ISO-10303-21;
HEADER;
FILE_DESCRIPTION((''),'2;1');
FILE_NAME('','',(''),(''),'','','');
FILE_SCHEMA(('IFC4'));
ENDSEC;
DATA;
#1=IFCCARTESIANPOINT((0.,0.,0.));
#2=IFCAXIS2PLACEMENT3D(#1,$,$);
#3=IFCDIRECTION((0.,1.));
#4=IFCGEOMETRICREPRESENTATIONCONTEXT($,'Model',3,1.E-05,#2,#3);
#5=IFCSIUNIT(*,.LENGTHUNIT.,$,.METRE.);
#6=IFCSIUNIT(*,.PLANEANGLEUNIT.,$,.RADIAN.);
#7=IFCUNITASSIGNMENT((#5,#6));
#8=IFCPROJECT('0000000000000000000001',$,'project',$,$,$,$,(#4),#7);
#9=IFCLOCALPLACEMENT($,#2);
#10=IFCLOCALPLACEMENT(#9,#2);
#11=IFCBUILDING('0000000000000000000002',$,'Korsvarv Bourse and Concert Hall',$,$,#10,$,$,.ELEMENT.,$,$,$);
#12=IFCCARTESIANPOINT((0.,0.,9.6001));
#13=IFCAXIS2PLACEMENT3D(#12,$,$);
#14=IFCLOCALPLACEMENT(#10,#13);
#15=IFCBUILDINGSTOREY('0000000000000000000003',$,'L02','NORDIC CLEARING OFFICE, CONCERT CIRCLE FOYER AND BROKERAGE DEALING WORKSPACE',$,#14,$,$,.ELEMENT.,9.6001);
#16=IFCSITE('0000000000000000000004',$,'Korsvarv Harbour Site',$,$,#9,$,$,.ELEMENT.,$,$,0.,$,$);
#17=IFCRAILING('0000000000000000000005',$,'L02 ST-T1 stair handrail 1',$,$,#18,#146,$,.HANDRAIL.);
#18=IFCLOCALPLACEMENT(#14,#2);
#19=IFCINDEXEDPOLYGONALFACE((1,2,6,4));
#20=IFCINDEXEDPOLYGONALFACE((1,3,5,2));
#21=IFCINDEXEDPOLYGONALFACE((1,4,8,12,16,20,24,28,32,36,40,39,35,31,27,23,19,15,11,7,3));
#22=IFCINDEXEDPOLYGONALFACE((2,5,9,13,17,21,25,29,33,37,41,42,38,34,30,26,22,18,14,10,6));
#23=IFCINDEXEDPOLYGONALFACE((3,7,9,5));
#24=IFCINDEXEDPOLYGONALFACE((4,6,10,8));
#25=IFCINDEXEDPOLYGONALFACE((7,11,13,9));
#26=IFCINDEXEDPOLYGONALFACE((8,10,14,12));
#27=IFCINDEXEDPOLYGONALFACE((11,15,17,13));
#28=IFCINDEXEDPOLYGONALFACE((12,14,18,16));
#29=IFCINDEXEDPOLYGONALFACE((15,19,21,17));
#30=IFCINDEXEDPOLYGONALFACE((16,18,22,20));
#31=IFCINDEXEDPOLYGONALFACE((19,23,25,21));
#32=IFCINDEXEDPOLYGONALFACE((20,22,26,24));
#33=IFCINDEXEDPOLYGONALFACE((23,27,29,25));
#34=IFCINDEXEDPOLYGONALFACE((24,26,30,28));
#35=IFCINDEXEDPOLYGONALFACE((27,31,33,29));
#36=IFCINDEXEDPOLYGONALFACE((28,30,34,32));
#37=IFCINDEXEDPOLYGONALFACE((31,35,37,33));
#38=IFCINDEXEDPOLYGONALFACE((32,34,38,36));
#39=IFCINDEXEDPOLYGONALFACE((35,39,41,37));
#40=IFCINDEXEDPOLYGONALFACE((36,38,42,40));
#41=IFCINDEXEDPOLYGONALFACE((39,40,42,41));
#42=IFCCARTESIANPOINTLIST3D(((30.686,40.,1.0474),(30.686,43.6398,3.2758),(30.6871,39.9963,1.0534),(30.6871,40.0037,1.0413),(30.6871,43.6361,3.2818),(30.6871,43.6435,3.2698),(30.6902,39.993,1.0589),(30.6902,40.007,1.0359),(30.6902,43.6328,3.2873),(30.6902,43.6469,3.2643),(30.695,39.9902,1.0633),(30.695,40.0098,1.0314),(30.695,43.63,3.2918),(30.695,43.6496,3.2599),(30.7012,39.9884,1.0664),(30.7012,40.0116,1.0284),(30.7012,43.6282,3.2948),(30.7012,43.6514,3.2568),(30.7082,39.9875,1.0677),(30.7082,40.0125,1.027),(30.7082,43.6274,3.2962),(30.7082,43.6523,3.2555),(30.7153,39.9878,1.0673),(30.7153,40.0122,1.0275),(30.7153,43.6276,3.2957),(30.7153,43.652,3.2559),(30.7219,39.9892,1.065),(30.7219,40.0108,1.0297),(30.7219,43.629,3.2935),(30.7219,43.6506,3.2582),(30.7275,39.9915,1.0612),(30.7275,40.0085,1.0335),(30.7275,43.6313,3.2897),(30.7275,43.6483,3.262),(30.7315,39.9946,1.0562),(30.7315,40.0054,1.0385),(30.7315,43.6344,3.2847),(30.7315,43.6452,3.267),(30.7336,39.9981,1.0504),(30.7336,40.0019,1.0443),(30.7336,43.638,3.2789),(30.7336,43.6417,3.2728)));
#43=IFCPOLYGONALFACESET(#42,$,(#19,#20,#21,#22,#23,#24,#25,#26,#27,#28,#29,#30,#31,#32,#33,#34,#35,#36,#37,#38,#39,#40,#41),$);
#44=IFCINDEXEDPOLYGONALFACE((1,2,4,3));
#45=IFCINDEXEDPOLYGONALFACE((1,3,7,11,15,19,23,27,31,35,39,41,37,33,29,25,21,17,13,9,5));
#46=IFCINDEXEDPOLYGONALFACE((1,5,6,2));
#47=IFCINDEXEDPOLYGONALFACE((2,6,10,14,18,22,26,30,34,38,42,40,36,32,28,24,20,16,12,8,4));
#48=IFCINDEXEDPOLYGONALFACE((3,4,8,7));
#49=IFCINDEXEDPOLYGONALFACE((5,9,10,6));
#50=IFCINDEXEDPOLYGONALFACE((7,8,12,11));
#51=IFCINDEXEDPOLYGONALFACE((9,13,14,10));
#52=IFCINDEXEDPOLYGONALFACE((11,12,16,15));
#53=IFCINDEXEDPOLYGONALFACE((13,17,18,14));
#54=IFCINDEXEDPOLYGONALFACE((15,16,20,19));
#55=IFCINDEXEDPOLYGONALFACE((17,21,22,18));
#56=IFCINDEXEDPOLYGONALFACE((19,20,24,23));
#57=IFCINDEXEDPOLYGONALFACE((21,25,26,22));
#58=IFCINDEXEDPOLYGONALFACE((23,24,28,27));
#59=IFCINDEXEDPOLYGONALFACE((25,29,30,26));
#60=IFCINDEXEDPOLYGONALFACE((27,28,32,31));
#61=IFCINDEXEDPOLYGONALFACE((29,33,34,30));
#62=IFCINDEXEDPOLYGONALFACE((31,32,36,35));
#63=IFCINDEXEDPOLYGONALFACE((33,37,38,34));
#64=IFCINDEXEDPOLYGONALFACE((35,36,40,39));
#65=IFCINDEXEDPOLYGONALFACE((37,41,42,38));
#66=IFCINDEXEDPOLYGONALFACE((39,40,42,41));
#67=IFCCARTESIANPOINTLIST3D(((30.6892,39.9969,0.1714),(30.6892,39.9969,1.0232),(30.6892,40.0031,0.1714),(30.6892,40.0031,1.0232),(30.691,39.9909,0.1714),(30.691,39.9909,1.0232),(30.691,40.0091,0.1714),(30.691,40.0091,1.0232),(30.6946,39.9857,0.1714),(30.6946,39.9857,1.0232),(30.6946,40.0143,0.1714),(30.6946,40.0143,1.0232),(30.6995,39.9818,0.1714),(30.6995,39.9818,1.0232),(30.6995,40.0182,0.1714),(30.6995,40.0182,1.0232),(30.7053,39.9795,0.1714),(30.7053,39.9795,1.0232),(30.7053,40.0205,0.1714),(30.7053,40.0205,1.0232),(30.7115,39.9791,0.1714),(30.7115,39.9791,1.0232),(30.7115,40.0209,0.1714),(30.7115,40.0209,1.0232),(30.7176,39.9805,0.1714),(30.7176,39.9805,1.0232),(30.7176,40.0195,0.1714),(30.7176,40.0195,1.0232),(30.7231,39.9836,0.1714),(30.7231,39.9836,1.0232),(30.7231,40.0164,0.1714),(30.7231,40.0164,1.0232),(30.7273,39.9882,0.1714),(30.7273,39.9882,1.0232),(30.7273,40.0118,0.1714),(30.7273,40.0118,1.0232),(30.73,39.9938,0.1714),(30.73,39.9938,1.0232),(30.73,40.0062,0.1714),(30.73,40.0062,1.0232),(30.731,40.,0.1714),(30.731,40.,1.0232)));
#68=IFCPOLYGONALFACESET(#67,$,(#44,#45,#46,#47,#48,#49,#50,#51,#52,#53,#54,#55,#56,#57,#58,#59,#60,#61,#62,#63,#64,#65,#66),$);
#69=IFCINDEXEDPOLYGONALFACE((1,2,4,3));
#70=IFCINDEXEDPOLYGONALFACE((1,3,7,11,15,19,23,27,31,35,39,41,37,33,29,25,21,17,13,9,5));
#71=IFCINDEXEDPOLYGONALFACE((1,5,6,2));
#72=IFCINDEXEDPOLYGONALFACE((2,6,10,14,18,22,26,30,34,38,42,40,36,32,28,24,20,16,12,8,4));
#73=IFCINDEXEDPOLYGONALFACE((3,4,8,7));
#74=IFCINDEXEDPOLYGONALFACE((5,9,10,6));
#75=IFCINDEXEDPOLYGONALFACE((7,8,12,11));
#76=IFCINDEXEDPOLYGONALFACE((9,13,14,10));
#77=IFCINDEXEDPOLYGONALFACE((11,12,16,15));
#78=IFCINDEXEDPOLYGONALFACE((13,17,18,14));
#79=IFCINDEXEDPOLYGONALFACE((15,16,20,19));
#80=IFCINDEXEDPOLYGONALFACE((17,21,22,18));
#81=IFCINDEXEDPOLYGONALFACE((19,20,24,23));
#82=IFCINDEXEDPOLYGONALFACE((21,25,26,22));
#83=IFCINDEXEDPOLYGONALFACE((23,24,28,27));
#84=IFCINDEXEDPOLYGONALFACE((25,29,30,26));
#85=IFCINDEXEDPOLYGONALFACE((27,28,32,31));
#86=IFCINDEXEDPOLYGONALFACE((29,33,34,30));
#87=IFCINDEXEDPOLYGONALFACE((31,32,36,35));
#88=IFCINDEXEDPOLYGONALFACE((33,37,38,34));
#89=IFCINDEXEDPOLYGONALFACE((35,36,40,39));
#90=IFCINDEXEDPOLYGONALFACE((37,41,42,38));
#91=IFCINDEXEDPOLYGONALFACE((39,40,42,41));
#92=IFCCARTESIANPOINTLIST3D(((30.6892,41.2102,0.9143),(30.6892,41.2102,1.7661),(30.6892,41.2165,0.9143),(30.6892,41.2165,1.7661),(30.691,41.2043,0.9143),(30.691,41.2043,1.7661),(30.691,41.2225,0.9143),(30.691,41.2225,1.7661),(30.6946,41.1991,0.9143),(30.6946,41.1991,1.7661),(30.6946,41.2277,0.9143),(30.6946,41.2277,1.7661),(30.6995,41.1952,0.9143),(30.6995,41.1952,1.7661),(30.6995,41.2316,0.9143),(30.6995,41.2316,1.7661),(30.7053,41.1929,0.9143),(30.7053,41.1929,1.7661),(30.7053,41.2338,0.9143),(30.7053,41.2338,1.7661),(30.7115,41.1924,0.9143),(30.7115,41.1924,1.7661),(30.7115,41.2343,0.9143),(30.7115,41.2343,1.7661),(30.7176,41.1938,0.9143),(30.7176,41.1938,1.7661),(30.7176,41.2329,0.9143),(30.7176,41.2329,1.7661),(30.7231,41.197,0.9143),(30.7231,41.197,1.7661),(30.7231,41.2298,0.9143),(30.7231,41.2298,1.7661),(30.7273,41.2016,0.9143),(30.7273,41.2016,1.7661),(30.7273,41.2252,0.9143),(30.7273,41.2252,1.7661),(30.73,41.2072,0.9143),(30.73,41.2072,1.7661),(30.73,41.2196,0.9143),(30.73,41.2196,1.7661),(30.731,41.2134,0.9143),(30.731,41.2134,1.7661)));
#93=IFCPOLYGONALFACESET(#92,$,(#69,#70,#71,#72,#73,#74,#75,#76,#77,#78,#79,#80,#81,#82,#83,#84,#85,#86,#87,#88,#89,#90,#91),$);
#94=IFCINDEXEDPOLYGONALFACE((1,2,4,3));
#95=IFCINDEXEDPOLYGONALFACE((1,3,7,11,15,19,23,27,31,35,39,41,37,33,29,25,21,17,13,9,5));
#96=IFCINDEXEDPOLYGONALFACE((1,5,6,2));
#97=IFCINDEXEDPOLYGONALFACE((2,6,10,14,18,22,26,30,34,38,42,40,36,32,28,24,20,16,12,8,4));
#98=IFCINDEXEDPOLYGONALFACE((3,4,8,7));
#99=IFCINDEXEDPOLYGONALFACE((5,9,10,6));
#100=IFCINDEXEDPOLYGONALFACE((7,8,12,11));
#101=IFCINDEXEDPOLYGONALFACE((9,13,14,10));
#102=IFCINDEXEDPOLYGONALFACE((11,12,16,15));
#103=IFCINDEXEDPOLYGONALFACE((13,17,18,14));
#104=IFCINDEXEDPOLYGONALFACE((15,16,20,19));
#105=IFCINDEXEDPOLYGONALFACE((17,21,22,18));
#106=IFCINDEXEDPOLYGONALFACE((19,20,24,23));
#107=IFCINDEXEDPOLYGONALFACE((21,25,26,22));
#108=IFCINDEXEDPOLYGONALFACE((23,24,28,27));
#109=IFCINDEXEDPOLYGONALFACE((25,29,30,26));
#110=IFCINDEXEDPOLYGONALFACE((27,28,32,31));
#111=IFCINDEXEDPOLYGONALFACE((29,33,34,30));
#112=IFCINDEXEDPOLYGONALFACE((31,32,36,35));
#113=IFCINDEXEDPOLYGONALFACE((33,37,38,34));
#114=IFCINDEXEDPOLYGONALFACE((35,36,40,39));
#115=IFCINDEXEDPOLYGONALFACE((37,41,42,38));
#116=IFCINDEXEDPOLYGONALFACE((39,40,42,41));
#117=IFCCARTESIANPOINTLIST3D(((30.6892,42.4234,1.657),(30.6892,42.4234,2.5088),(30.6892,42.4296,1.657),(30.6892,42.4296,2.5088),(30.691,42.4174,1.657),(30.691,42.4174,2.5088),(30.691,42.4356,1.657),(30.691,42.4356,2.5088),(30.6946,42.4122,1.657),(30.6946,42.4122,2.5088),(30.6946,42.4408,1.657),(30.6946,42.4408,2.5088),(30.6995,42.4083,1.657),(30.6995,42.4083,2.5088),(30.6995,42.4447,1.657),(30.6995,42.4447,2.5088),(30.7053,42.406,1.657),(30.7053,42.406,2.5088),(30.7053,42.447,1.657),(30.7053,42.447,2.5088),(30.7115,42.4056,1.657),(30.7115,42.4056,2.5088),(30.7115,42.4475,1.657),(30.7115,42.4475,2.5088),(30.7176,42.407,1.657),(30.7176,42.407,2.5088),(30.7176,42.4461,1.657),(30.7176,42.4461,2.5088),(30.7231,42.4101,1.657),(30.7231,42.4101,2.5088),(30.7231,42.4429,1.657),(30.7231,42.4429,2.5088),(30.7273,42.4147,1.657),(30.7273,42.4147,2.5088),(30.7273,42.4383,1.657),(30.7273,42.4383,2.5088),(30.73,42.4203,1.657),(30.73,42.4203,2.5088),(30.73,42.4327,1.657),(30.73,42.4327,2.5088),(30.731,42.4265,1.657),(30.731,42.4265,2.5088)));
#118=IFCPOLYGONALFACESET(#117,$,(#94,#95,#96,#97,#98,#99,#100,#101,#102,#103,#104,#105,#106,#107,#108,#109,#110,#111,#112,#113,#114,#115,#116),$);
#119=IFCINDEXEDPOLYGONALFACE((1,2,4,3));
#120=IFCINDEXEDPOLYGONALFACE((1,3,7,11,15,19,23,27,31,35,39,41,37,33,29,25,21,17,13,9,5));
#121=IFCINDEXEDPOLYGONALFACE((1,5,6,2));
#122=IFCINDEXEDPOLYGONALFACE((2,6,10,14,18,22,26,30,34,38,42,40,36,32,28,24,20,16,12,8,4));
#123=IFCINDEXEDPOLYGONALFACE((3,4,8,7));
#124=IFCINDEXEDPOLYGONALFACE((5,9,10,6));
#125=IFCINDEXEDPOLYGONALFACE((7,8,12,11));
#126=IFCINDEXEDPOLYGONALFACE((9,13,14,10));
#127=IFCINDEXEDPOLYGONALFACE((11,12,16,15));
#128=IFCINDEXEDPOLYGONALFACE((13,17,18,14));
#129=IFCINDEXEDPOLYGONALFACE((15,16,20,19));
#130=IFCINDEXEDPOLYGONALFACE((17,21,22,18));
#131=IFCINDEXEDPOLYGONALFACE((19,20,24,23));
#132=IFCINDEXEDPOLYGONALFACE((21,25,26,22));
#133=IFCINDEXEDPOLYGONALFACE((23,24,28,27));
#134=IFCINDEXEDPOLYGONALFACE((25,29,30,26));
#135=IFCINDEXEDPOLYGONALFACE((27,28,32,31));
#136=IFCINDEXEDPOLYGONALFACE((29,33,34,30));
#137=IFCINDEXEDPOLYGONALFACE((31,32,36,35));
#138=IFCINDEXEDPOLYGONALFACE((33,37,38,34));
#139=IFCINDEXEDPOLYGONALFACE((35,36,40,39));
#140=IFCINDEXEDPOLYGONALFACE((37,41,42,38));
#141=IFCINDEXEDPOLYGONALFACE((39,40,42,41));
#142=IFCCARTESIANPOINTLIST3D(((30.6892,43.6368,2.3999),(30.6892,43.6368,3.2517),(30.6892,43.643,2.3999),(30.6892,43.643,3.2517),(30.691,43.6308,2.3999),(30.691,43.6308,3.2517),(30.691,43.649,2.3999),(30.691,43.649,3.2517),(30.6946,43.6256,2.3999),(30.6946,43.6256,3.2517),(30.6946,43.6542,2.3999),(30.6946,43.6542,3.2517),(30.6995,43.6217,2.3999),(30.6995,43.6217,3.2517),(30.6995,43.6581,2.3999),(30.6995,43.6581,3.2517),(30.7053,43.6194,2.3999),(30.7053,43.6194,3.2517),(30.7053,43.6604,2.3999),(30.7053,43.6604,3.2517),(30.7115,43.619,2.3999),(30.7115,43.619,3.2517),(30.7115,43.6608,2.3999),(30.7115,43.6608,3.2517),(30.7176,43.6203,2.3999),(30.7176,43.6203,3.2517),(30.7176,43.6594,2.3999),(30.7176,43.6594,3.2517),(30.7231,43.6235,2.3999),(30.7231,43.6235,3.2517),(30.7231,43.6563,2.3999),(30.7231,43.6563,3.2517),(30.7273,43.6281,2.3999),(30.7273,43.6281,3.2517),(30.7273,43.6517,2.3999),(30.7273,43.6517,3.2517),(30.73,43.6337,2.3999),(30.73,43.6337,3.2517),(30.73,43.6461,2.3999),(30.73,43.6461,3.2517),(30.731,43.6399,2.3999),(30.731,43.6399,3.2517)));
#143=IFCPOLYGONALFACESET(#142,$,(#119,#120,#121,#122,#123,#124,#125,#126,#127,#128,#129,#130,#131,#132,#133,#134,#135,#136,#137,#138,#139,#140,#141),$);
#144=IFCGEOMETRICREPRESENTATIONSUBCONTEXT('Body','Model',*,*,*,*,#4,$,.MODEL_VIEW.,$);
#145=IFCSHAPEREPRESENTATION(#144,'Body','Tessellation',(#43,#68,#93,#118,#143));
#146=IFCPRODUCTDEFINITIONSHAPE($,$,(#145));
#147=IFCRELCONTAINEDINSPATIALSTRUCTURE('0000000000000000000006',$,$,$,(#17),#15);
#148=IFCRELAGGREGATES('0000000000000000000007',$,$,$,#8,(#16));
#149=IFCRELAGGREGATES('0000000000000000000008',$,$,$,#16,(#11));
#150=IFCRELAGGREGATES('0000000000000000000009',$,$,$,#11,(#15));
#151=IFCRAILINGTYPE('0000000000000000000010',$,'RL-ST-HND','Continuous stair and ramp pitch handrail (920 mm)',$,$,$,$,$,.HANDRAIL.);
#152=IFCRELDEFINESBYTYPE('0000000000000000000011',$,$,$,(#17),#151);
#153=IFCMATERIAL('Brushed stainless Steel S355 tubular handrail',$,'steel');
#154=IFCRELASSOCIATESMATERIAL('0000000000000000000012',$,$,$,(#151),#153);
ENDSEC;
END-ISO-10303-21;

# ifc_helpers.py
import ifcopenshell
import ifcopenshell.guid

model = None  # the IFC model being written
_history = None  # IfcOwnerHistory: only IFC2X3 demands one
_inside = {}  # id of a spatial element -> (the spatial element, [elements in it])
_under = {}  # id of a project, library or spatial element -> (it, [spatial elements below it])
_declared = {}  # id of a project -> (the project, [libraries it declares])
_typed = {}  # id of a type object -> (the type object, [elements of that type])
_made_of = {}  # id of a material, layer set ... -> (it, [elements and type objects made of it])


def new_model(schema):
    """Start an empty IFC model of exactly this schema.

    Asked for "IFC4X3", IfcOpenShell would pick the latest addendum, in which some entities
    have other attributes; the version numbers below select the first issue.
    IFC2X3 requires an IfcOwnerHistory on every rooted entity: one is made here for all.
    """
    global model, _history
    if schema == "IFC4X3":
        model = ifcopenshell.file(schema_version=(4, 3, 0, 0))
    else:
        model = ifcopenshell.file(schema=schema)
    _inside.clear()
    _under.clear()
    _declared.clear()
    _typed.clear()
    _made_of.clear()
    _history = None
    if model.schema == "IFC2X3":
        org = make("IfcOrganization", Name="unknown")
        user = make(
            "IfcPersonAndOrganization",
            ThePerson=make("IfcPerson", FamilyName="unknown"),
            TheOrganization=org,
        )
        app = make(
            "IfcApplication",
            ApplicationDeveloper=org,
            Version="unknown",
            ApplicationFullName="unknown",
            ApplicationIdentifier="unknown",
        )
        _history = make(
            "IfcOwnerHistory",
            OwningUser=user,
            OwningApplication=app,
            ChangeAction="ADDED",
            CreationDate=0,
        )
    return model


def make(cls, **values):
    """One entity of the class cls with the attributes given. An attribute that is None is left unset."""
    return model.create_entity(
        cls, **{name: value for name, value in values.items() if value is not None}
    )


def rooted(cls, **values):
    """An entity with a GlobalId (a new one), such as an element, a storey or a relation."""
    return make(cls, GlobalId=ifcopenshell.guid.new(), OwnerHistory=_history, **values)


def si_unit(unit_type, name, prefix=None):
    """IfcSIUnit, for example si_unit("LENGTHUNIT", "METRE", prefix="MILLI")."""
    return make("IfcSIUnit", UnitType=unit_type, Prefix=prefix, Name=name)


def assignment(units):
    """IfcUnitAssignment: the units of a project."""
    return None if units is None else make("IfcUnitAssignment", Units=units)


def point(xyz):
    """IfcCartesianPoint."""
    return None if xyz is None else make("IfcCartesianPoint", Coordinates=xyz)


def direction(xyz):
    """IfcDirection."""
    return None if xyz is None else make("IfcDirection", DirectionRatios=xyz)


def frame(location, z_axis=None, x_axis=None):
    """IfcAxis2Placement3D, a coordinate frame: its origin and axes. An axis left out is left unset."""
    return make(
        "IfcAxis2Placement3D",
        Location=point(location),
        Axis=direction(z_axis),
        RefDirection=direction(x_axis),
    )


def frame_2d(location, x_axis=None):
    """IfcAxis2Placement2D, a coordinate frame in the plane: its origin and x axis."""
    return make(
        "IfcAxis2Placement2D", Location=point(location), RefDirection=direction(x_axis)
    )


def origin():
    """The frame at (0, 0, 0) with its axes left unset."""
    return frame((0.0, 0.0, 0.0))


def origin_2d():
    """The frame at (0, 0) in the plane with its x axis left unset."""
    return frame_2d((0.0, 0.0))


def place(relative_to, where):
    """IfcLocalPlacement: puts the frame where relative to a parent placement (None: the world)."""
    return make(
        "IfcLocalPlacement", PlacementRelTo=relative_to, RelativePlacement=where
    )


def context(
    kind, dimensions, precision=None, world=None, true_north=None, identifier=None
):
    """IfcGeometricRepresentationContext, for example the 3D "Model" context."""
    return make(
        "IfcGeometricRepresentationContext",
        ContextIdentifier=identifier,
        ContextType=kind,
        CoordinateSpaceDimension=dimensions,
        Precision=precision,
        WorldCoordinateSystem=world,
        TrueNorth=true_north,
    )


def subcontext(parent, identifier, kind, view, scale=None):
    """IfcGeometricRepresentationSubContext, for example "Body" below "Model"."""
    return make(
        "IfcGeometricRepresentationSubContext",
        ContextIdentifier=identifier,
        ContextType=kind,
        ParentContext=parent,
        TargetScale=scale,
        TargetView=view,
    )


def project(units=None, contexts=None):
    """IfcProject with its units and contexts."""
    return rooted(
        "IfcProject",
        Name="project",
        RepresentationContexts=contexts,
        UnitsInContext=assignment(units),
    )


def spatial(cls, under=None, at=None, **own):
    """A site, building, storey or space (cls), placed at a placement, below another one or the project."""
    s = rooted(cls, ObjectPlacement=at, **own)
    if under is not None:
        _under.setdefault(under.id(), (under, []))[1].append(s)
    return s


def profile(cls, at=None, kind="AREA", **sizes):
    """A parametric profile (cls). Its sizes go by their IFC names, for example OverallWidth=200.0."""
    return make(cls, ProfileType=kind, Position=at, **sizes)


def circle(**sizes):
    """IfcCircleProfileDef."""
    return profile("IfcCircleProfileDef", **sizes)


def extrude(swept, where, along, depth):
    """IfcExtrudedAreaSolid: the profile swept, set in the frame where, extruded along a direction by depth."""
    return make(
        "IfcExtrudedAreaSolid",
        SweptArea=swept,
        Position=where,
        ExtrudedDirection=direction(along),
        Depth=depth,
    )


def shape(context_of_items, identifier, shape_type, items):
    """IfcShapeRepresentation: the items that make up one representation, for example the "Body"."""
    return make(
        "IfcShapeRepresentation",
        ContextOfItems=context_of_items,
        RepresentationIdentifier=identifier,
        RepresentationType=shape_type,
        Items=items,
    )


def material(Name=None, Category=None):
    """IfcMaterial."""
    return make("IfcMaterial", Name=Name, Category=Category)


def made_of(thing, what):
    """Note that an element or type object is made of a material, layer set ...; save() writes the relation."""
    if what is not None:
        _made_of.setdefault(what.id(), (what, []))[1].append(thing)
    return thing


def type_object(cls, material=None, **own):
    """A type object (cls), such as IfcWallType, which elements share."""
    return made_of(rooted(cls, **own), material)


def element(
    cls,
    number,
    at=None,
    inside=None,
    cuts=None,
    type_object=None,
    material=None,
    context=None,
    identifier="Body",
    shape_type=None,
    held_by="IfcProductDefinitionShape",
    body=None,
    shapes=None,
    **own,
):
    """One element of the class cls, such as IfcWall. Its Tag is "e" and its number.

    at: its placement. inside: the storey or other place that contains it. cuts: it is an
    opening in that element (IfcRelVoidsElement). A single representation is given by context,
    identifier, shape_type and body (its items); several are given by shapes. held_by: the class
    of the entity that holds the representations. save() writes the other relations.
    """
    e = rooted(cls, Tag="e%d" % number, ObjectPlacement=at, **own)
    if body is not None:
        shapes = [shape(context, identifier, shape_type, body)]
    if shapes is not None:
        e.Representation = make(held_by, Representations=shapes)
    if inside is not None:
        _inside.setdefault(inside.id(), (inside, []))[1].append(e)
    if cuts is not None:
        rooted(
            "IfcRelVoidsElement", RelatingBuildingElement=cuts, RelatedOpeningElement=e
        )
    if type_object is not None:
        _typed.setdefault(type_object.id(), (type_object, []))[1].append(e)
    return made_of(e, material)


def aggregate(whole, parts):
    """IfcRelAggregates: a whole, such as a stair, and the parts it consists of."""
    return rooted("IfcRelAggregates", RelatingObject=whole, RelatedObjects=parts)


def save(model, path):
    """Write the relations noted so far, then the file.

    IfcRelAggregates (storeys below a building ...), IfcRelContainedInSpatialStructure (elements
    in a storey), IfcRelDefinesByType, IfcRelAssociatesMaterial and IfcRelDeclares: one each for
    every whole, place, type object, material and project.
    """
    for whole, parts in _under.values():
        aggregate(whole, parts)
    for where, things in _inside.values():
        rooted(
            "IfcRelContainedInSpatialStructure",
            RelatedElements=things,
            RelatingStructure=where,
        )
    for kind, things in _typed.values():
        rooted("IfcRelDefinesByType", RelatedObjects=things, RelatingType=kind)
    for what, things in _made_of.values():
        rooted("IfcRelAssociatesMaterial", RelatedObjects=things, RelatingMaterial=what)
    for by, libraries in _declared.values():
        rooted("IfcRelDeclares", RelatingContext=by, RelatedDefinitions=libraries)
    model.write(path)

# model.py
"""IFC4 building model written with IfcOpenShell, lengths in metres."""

from ifc_helpers import new_model, si_unit, direction, frame, origin, origin_2d, place, context, subcontext, project, spatial, circle, extrude, material, type_object, element, save


model = new_model("IFC4")

# Units and contexts
model_context = context("Model", 3, precision=1e-05, world=origin(), true_north=direction((0.0, 1.0)))
body_context = subcontext(model_context, "Body", "Model", "MODEL_VIEW")
ifc_project = project(units=[si_unit("LENGTHUNIT", "METRE"), si_unit("PLANEANGLEUNIT", "RADIAN")], contexts=[model_context])

# Site, building, storey
site_placement = place(None, origin())
site = spatial("IfcSite", under=ifc_project, at=site_placement, Name="Korsvarv Harbour Site", CompositionType="ELEMENT", RefElevation=0.0)
building_placement = place(site_placement, origin())
building = spatial("IfcBuilding", under=site, at=building_placement, Name="Korsvarv Bourse and Concert Hall", CompositionType="ELEMENT")
storey_placement = place(building_placement, frame((0.0, 0.0, 9.6001)))
storey = spatial("IfcBuildingStorey", under=building, at=storey_placement, Name="L02", Description="NORDIC CLEARING OFFICE, CONCERT CIRCLE FOYER AND BROKERAGE DEALING WORKSPACE", CompositionType="ELEMENT", Elevation=9.6001)

# Railing
ifc_material_1 = material(Name="Brushed stainless Steel S355 tubular handrail", Category="steel")
railing_type_1 = type_object("IfcRailingType", Name="RL-ST-HND", Description="Continuous stair and ramp pitch handrail (920 mm)", PredefinedType="HANDRAIL", material=ifc_material_1)
railing_1_placement = place(storey_placement, frame((30.71, 40.0, 0.1714)))
element("IfcRailing", 1, at=railing_1_placement, inside=storey, type_object=railing_type_1, Name="L02 ST-T1 stair handrail 1", PredefinedType="HANDRAIL", context=body_context, shape_type="SweptSolid", body=[
    extrude(circle(Radius=0.0239, at=origin_2d()), frame((0.0, 0.0, 0.876), z_axis=(0.0, 0.85285, 0.522156), x_axis=(-1.0, 0.0, 0.0)), (0.0, 0.0, 1.0), 4.2678),
    extrude(circle(Radius=0.021, at=origin_2d()), origin(), (0.0, 0.0, 1.0), 0.8518),
    extrude(circle(Radius=0.021, at=origin_2d()), frame((0.0, 1.2134, 0.7429)), (0.0, 0.0, 1.0), 0.8518),
    extrude(circle(Radius=0.021, at=origin_2d()), frame((0.0, 2.4265, 1.4856)), (0.0, 0.0, 1.0), 0.8518),
    extrude(circle(Radius=0.021, at=origin_2d()), frame((0.0, 3.6399, 2.2285)), (0.0, 0.0, 1.0), 0.8518),
])

save(model, "model.ifc")
